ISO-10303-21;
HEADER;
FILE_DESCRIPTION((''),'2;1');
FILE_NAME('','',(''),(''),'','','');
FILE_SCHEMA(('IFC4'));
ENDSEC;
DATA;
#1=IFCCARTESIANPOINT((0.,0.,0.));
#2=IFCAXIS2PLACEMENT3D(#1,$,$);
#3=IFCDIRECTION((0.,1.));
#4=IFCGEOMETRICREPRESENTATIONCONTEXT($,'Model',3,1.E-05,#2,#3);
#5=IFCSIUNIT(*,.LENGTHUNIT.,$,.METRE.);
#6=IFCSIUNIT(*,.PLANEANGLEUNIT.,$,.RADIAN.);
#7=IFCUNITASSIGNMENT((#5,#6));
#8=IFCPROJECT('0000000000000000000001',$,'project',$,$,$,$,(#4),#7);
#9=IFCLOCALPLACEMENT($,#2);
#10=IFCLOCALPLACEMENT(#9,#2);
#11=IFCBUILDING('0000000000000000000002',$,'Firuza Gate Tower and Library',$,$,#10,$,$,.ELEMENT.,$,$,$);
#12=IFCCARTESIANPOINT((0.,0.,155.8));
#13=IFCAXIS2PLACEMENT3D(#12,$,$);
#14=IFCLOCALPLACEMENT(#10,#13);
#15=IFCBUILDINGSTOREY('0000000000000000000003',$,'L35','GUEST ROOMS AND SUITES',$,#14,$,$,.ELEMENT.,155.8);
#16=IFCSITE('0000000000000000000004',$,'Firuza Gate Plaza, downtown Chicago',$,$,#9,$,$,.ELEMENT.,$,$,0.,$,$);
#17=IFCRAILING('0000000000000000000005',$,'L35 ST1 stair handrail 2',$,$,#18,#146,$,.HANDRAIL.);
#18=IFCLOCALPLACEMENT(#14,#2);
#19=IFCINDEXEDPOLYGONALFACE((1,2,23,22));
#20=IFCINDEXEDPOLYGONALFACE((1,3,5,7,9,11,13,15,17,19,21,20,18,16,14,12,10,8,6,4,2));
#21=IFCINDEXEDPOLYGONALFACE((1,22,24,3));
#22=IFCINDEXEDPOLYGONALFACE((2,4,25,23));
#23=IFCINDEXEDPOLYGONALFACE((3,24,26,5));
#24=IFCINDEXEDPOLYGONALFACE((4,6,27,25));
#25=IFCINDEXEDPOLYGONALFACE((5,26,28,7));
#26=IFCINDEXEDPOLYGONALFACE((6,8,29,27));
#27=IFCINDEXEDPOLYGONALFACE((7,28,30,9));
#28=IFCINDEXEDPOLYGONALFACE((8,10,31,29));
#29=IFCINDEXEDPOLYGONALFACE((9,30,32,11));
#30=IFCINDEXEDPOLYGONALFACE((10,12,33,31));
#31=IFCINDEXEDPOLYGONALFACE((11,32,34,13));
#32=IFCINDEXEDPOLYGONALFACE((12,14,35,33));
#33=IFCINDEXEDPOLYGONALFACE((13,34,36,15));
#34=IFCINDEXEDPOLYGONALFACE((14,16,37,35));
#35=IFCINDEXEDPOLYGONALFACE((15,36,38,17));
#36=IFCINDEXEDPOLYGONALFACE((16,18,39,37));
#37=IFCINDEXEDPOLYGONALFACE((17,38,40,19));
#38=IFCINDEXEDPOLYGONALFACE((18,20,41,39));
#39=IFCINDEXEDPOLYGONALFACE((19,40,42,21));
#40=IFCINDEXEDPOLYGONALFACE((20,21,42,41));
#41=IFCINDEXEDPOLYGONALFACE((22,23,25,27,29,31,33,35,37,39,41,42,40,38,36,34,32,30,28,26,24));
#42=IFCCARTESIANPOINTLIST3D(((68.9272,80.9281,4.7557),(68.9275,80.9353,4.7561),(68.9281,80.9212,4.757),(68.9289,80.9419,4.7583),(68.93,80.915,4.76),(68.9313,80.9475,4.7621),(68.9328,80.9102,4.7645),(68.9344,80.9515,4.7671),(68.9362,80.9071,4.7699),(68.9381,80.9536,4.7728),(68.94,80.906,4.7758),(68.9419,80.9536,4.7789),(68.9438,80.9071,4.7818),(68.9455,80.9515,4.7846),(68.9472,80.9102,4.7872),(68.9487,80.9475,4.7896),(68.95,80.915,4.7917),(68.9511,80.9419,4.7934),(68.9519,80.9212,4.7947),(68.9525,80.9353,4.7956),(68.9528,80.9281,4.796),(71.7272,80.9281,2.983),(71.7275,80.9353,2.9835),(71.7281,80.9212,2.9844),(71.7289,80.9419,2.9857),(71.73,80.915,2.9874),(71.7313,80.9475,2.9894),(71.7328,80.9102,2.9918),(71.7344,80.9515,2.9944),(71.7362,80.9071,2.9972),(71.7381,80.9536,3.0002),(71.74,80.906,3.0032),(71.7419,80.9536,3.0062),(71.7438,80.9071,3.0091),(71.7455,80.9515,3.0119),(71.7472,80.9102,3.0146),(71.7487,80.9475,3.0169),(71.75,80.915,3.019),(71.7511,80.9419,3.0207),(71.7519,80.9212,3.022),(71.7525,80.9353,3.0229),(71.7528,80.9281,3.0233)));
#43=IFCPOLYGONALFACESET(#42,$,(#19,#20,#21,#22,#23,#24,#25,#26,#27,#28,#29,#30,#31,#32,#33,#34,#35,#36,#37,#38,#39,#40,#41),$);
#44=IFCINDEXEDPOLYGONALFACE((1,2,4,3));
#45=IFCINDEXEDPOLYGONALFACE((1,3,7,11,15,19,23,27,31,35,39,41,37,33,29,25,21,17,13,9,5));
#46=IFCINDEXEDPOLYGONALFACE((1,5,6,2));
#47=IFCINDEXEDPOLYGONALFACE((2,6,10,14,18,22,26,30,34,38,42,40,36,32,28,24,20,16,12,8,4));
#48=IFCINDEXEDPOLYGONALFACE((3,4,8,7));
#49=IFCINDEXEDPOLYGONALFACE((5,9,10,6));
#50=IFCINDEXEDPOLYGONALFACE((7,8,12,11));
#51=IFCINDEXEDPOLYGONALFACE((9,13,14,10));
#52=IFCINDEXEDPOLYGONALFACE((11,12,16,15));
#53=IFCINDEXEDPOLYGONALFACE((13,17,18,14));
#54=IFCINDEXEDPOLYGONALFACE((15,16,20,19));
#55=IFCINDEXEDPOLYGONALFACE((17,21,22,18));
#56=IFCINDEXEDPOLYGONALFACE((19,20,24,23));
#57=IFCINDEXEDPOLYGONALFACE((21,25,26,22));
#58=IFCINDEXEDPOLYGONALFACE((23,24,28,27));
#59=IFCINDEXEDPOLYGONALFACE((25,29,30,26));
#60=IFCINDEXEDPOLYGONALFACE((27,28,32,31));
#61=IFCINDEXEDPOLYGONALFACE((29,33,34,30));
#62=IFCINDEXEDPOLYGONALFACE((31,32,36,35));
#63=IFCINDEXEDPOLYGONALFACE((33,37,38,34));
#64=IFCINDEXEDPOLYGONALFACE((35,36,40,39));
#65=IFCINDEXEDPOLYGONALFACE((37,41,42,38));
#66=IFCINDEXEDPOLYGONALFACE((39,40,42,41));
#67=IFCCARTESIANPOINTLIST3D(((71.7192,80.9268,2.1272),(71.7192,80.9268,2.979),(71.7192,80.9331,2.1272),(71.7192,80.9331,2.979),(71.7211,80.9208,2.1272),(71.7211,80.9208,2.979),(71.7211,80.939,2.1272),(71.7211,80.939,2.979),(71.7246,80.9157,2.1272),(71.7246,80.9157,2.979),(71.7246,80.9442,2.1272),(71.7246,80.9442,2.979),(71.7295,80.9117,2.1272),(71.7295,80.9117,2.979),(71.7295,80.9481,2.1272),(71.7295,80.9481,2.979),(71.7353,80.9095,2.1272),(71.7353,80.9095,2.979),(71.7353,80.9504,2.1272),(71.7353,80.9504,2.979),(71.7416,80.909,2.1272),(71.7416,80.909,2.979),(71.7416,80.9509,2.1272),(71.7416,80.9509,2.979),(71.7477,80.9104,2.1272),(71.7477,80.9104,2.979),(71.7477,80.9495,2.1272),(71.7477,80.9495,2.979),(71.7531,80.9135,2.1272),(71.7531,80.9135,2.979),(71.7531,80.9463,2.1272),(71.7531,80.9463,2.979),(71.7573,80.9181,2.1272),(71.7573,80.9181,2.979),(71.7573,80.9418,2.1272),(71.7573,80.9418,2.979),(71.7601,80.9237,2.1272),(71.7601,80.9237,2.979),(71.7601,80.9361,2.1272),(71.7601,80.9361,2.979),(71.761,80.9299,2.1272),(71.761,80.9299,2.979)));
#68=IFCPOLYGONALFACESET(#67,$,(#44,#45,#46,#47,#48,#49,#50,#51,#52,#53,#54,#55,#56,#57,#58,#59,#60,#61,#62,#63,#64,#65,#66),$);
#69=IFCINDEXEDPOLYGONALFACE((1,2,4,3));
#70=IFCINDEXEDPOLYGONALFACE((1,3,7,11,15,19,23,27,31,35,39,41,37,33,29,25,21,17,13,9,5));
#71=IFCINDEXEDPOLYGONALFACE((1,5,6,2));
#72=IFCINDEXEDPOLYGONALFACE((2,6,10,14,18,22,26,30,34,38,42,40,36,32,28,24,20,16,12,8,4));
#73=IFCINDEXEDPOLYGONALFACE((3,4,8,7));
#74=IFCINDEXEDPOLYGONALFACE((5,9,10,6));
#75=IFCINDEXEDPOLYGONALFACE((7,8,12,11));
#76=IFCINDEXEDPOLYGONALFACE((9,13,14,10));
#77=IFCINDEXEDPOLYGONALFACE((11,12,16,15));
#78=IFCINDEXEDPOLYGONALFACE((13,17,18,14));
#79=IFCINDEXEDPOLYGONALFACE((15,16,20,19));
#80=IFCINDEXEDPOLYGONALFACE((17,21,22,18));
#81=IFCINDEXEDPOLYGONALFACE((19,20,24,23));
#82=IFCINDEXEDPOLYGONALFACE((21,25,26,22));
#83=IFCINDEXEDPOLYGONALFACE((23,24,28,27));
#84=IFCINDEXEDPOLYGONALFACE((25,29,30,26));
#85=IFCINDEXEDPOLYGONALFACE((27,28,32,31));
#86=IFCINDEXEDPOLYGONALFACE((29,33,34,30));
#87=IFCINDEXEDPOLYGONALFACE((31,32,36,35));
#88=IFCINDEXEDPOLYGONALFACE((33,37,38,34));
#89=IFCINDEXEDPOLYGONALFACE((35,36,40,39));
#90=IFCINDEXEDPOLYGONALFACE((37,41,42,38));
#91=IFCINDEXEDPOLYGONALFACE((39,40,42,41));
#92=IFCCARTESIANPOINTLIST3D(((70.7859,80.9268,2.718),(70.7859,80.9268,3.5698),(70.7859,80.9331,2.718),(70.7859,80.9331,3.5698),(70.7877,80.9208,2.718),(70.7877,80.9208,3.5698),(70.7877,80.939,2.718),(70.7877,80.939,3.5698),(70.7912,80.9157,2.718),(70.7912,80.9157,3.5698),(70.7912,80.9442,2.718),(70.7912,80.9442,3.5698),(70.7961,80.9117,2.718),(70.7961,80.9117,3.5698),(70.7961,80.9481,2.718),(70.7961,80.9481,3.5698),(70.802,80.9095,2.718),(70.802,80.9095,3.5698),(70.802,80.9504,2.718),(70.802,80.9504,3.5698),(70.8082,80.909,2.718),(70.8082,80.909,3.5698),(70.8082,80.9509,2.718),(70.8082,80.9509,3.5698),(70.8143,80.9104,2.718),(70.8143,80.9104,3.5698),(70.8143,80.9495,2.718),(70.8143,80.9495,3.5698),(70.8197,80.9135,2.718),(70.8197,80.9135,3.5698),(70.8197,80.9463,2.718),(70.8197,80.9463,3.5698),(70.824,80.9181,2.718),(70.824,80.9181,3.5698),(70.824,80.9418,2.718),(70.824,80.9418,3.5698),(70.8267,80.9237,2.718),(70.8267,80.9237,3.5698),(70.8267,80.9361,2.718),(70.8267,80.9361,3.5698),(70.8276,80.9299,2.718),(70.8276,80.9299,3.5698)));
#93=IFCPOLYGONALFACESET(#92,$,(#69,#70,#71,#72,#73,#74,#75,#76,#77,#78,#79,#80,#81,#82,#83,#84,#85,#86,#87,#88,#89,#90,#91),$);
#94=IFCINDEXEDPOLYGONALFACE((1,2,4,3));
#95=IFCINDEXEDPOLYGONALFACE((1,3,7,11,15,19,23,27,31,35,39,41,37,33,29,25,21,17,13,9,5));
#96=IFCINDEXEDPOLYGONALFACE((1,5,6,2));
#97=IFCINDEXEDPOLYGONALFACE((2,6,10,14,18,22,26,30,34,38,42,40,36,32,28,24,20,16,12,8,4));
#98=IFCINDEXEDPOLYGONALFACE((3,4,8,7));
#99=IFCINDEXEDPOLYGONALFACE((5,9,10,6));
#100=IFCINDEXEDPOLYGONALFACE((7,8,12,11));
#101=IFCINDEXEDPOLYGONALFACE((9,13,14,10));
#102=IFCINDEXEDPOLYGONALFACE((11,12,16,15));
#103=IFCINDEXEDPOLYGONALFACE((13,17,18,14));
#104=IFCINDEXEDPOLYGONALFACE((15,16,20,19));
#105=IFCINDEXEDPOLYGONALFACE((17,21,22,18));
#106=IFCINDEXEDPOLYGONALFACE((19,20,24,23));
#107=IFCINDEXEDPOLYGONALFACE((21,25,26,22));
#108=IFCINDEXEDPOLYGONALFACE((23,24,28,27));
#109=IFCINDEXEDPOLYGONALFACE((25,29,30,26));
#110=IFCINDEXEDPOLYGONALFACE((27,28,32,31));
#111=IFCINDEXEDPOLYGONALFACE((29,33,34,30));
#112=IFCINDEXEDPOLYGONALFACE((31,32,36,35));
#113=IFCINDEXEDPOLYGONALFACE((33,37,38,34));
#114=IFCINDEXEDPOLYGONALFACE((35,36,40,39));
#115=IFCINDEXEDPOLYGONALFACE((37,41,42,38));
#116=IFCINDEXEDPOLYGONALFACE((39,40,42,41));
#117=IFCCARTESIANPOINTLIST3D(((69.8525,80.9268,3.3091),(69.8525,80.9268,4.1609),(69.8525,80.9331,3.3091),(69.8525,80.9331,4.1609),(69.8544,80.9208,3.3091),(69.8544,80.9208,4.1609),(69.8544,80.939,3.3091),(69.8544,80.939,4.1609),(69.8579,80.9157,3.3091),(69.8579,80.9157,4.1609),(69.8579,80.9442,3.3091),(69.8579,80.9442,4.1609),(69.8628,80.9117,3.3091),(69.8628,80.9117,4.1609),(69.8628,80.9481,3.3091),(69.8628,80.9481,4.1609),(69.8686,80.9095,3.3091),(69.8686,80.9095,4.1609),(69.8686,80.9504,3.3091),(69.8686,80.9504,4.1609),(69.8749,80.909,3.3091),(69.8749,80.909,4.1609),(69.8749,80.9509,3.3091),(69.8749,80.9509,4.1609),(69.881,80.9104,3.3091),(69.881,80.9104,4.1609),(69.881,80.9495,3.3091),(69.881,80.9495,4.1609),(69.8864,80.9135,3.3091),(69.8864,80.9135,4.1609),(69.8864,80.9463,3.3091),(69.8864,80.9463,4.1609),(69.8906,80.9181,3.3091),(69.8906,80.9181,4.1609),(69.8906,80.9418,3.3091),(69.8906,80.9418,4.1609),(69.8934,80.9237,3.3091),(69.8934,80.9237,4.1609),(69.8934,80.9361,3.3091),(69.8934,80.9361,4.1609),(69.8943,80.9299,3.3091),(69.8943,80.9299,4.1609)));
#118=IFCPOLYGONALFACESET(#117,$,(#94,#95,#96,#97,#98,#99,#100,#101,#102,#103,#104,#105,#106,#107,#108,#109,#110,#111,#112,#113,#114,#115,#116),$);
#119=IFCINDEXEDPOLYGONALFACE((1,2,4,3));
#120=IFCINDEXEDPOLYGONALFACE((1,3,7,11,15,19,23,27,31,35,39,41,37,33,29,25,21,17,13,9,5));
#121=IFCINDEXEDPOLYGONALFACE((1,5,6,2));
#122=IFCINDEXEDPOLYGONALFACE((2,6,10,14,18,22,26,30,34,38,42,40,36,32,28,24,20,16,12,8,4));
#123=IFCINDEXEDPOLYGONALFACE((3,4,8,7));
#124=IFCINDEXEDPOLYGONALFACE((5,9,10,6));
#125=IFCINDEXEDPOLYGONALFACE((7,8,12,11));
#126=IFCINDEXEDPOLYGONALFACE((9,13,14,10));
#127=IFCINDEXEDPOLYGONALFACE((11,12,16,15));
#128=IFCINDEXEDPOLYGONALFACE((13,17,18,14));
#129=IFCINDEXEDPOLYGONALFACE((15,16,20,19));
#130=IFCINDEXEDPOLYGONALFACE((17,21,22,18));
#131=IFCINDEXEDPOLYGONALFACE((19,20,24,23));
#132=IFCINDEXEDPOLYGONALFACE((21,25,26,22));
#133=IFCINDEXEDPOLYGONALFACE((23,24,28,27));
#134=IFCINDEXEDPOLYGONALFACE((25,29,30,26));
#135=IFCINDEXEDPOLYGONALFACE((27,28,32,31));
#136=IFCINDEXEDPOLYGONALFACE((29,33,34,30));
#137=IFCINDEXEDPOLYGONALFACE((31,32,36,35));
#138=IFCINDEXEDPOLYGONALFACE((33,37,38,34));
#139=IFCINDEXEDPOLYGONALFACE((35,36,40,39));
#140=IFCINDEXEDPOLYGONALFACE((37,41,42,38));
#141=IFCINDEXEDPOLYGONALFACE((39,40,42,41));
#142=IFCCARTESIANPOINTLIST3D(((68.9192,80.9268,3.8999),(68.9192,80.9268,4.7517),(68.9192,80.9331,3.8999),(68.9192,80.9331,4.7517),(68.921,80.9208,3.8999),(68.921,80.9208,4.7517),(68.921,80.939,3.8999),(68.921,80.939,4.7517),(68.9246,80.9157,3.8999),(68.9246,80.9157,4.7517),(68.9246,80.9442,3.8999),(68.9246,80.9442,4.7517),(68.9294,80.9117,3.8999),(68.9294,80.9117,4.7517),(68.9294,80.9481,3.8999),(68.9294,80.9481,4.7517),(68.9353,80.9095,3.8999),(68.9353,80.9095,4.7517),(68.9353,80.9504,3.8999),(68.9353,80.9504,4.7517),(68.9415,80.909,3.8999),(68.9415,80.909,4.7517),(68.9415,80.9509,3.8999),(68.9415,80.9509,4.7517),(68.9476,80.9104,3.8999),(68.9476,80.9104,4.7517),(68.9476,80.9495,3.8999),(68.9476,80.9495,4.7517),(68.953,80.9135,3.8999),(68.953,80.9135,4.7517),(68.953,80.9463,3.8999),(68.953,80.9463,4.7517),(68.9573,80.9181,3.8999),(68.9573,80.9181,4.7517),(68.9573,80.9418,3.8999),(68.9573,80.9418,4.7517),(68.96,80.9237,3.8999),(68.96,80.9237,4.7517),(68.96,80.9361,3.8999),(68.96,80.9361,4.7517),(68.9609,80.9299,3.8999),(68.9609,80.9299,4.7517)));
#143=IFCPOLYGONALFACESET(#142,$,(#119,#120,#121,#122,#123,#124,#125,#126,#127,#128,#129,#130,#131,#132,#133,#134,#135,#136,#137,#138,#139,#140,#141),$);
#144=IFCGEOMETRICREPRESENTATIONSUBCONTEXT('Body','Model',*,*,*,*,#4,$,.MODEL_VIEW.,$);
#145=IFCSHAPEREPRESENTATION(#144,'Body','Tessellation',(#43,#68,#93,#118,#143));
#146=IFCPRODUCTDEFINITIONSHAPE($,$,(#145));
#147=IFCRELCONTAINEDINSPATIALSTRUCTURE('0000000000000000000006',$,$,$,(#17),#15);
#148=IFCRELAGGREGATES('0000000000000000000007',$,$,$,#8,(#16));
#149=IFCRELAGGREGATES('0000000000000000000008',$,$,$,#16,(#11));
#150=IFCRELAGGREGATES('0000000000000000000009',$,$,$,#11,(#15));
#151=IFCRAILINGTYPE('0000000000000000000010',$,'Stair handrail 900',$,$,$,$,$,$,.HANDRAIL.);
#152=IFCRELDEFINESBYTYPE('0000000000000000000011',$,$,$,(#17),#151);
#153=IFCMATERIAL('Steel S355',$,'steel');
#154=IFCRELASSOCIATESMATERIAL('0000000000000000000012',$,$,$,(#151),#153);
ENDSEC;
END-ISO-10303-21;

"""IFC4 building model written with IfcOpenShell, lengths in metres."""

from ifc_helpers import new_model, si_unit, direction, frame, origin, origin_2d, place, context, subcontext, project, spatial, circle, extrude, material, type_object, element, save


model = new_model("IFC4")

# Units and contexts
model_context = context("Model", 3, precision=1e-05, world=origin(), true_north=direction((0.0, 1.0)))
body_context = subcontext(model_context, "Body", "Model", "MODEL_VIEW")
ifc_project = project(units=[si_unit("LENGTHUNIT", "METRE"), si_unit("PLANEANGLEUNIT", "RADIAN")], contexts=[model_context])

# Site, building, storey
site_placement = place(None, origin())
site = spatial("IfcSite", under=ifc_project, at=site_placement, Name="Firuza Gate Plaza, downtown Chicago", CompositionType="ELEMENT", RefElevation=0.0)
building_placement = place(site_placement, origin())
building = spatial("IfcBuilding", under=site, at=building_placement, Name="Firuza Gate Tower and Library", CompositionType="ELEMENT")
storey_placement = place(building_placement, frame((0.0, 0.0, 155.8)))
storey = spatial("IfcBuildingStorey", under=building, at=storey_placement, Name="L35", Description="GUEST ROOMS AND SUITES", CompositionType="ELEMENT", Elevation=155.8)

# Railing
ifc_material_1 = material(Name="Steel S355", Category="steel")
railing_type = type_object("IfcRailingType", Name="Stair handrail 900", PredefinedType="HANDRAIL", material=ifc_material_1)
railing_placement = place(storey_placement, frame((71.74, 80.9299, 2.1272)))
element("IfcRailing", 1, at=railing_placement, inside=storey, type_object=railing_type, Name="L35 ST1 stair handrail 2", PredefinedType="HANDRAIL", context=body_context, shape_type="SweptSolid", body=[
    extrude(circle(Radius=0.0239, at=origin_2d()), frame((0.0, 0.0, 0.876), z_axis=(-0.844909, 0.0, 0.53491), x_axis=(0.0, -1.0, 0.0)), (0.0, 0.0, 1.0), 3.314),
    extrude(circle(Radius=0.021, at=origin_2d()), origin(), (0.0, 0.0, 1.0), 0.8518),
    extrude(circle(Radius=0.021, at=origin_2d()), frame((-0.9333, 0.0, 0.5908)), (0.0, 0.0, 1.0), 0.8518),
    extrude(circle(Radius=0.021, at=origin_2d()), frame((-1.8667, 0.0, 1.1819)), (0.0, 0.0, 1.0), 0.8518),
    extrude(circle(Radius=0.021, at=origin_2d()), frame((-2.8, 0.0, 1.7727)), (0.0, 0.0, 1.0), 0.8518),
])

save(model, "model.ifc")
